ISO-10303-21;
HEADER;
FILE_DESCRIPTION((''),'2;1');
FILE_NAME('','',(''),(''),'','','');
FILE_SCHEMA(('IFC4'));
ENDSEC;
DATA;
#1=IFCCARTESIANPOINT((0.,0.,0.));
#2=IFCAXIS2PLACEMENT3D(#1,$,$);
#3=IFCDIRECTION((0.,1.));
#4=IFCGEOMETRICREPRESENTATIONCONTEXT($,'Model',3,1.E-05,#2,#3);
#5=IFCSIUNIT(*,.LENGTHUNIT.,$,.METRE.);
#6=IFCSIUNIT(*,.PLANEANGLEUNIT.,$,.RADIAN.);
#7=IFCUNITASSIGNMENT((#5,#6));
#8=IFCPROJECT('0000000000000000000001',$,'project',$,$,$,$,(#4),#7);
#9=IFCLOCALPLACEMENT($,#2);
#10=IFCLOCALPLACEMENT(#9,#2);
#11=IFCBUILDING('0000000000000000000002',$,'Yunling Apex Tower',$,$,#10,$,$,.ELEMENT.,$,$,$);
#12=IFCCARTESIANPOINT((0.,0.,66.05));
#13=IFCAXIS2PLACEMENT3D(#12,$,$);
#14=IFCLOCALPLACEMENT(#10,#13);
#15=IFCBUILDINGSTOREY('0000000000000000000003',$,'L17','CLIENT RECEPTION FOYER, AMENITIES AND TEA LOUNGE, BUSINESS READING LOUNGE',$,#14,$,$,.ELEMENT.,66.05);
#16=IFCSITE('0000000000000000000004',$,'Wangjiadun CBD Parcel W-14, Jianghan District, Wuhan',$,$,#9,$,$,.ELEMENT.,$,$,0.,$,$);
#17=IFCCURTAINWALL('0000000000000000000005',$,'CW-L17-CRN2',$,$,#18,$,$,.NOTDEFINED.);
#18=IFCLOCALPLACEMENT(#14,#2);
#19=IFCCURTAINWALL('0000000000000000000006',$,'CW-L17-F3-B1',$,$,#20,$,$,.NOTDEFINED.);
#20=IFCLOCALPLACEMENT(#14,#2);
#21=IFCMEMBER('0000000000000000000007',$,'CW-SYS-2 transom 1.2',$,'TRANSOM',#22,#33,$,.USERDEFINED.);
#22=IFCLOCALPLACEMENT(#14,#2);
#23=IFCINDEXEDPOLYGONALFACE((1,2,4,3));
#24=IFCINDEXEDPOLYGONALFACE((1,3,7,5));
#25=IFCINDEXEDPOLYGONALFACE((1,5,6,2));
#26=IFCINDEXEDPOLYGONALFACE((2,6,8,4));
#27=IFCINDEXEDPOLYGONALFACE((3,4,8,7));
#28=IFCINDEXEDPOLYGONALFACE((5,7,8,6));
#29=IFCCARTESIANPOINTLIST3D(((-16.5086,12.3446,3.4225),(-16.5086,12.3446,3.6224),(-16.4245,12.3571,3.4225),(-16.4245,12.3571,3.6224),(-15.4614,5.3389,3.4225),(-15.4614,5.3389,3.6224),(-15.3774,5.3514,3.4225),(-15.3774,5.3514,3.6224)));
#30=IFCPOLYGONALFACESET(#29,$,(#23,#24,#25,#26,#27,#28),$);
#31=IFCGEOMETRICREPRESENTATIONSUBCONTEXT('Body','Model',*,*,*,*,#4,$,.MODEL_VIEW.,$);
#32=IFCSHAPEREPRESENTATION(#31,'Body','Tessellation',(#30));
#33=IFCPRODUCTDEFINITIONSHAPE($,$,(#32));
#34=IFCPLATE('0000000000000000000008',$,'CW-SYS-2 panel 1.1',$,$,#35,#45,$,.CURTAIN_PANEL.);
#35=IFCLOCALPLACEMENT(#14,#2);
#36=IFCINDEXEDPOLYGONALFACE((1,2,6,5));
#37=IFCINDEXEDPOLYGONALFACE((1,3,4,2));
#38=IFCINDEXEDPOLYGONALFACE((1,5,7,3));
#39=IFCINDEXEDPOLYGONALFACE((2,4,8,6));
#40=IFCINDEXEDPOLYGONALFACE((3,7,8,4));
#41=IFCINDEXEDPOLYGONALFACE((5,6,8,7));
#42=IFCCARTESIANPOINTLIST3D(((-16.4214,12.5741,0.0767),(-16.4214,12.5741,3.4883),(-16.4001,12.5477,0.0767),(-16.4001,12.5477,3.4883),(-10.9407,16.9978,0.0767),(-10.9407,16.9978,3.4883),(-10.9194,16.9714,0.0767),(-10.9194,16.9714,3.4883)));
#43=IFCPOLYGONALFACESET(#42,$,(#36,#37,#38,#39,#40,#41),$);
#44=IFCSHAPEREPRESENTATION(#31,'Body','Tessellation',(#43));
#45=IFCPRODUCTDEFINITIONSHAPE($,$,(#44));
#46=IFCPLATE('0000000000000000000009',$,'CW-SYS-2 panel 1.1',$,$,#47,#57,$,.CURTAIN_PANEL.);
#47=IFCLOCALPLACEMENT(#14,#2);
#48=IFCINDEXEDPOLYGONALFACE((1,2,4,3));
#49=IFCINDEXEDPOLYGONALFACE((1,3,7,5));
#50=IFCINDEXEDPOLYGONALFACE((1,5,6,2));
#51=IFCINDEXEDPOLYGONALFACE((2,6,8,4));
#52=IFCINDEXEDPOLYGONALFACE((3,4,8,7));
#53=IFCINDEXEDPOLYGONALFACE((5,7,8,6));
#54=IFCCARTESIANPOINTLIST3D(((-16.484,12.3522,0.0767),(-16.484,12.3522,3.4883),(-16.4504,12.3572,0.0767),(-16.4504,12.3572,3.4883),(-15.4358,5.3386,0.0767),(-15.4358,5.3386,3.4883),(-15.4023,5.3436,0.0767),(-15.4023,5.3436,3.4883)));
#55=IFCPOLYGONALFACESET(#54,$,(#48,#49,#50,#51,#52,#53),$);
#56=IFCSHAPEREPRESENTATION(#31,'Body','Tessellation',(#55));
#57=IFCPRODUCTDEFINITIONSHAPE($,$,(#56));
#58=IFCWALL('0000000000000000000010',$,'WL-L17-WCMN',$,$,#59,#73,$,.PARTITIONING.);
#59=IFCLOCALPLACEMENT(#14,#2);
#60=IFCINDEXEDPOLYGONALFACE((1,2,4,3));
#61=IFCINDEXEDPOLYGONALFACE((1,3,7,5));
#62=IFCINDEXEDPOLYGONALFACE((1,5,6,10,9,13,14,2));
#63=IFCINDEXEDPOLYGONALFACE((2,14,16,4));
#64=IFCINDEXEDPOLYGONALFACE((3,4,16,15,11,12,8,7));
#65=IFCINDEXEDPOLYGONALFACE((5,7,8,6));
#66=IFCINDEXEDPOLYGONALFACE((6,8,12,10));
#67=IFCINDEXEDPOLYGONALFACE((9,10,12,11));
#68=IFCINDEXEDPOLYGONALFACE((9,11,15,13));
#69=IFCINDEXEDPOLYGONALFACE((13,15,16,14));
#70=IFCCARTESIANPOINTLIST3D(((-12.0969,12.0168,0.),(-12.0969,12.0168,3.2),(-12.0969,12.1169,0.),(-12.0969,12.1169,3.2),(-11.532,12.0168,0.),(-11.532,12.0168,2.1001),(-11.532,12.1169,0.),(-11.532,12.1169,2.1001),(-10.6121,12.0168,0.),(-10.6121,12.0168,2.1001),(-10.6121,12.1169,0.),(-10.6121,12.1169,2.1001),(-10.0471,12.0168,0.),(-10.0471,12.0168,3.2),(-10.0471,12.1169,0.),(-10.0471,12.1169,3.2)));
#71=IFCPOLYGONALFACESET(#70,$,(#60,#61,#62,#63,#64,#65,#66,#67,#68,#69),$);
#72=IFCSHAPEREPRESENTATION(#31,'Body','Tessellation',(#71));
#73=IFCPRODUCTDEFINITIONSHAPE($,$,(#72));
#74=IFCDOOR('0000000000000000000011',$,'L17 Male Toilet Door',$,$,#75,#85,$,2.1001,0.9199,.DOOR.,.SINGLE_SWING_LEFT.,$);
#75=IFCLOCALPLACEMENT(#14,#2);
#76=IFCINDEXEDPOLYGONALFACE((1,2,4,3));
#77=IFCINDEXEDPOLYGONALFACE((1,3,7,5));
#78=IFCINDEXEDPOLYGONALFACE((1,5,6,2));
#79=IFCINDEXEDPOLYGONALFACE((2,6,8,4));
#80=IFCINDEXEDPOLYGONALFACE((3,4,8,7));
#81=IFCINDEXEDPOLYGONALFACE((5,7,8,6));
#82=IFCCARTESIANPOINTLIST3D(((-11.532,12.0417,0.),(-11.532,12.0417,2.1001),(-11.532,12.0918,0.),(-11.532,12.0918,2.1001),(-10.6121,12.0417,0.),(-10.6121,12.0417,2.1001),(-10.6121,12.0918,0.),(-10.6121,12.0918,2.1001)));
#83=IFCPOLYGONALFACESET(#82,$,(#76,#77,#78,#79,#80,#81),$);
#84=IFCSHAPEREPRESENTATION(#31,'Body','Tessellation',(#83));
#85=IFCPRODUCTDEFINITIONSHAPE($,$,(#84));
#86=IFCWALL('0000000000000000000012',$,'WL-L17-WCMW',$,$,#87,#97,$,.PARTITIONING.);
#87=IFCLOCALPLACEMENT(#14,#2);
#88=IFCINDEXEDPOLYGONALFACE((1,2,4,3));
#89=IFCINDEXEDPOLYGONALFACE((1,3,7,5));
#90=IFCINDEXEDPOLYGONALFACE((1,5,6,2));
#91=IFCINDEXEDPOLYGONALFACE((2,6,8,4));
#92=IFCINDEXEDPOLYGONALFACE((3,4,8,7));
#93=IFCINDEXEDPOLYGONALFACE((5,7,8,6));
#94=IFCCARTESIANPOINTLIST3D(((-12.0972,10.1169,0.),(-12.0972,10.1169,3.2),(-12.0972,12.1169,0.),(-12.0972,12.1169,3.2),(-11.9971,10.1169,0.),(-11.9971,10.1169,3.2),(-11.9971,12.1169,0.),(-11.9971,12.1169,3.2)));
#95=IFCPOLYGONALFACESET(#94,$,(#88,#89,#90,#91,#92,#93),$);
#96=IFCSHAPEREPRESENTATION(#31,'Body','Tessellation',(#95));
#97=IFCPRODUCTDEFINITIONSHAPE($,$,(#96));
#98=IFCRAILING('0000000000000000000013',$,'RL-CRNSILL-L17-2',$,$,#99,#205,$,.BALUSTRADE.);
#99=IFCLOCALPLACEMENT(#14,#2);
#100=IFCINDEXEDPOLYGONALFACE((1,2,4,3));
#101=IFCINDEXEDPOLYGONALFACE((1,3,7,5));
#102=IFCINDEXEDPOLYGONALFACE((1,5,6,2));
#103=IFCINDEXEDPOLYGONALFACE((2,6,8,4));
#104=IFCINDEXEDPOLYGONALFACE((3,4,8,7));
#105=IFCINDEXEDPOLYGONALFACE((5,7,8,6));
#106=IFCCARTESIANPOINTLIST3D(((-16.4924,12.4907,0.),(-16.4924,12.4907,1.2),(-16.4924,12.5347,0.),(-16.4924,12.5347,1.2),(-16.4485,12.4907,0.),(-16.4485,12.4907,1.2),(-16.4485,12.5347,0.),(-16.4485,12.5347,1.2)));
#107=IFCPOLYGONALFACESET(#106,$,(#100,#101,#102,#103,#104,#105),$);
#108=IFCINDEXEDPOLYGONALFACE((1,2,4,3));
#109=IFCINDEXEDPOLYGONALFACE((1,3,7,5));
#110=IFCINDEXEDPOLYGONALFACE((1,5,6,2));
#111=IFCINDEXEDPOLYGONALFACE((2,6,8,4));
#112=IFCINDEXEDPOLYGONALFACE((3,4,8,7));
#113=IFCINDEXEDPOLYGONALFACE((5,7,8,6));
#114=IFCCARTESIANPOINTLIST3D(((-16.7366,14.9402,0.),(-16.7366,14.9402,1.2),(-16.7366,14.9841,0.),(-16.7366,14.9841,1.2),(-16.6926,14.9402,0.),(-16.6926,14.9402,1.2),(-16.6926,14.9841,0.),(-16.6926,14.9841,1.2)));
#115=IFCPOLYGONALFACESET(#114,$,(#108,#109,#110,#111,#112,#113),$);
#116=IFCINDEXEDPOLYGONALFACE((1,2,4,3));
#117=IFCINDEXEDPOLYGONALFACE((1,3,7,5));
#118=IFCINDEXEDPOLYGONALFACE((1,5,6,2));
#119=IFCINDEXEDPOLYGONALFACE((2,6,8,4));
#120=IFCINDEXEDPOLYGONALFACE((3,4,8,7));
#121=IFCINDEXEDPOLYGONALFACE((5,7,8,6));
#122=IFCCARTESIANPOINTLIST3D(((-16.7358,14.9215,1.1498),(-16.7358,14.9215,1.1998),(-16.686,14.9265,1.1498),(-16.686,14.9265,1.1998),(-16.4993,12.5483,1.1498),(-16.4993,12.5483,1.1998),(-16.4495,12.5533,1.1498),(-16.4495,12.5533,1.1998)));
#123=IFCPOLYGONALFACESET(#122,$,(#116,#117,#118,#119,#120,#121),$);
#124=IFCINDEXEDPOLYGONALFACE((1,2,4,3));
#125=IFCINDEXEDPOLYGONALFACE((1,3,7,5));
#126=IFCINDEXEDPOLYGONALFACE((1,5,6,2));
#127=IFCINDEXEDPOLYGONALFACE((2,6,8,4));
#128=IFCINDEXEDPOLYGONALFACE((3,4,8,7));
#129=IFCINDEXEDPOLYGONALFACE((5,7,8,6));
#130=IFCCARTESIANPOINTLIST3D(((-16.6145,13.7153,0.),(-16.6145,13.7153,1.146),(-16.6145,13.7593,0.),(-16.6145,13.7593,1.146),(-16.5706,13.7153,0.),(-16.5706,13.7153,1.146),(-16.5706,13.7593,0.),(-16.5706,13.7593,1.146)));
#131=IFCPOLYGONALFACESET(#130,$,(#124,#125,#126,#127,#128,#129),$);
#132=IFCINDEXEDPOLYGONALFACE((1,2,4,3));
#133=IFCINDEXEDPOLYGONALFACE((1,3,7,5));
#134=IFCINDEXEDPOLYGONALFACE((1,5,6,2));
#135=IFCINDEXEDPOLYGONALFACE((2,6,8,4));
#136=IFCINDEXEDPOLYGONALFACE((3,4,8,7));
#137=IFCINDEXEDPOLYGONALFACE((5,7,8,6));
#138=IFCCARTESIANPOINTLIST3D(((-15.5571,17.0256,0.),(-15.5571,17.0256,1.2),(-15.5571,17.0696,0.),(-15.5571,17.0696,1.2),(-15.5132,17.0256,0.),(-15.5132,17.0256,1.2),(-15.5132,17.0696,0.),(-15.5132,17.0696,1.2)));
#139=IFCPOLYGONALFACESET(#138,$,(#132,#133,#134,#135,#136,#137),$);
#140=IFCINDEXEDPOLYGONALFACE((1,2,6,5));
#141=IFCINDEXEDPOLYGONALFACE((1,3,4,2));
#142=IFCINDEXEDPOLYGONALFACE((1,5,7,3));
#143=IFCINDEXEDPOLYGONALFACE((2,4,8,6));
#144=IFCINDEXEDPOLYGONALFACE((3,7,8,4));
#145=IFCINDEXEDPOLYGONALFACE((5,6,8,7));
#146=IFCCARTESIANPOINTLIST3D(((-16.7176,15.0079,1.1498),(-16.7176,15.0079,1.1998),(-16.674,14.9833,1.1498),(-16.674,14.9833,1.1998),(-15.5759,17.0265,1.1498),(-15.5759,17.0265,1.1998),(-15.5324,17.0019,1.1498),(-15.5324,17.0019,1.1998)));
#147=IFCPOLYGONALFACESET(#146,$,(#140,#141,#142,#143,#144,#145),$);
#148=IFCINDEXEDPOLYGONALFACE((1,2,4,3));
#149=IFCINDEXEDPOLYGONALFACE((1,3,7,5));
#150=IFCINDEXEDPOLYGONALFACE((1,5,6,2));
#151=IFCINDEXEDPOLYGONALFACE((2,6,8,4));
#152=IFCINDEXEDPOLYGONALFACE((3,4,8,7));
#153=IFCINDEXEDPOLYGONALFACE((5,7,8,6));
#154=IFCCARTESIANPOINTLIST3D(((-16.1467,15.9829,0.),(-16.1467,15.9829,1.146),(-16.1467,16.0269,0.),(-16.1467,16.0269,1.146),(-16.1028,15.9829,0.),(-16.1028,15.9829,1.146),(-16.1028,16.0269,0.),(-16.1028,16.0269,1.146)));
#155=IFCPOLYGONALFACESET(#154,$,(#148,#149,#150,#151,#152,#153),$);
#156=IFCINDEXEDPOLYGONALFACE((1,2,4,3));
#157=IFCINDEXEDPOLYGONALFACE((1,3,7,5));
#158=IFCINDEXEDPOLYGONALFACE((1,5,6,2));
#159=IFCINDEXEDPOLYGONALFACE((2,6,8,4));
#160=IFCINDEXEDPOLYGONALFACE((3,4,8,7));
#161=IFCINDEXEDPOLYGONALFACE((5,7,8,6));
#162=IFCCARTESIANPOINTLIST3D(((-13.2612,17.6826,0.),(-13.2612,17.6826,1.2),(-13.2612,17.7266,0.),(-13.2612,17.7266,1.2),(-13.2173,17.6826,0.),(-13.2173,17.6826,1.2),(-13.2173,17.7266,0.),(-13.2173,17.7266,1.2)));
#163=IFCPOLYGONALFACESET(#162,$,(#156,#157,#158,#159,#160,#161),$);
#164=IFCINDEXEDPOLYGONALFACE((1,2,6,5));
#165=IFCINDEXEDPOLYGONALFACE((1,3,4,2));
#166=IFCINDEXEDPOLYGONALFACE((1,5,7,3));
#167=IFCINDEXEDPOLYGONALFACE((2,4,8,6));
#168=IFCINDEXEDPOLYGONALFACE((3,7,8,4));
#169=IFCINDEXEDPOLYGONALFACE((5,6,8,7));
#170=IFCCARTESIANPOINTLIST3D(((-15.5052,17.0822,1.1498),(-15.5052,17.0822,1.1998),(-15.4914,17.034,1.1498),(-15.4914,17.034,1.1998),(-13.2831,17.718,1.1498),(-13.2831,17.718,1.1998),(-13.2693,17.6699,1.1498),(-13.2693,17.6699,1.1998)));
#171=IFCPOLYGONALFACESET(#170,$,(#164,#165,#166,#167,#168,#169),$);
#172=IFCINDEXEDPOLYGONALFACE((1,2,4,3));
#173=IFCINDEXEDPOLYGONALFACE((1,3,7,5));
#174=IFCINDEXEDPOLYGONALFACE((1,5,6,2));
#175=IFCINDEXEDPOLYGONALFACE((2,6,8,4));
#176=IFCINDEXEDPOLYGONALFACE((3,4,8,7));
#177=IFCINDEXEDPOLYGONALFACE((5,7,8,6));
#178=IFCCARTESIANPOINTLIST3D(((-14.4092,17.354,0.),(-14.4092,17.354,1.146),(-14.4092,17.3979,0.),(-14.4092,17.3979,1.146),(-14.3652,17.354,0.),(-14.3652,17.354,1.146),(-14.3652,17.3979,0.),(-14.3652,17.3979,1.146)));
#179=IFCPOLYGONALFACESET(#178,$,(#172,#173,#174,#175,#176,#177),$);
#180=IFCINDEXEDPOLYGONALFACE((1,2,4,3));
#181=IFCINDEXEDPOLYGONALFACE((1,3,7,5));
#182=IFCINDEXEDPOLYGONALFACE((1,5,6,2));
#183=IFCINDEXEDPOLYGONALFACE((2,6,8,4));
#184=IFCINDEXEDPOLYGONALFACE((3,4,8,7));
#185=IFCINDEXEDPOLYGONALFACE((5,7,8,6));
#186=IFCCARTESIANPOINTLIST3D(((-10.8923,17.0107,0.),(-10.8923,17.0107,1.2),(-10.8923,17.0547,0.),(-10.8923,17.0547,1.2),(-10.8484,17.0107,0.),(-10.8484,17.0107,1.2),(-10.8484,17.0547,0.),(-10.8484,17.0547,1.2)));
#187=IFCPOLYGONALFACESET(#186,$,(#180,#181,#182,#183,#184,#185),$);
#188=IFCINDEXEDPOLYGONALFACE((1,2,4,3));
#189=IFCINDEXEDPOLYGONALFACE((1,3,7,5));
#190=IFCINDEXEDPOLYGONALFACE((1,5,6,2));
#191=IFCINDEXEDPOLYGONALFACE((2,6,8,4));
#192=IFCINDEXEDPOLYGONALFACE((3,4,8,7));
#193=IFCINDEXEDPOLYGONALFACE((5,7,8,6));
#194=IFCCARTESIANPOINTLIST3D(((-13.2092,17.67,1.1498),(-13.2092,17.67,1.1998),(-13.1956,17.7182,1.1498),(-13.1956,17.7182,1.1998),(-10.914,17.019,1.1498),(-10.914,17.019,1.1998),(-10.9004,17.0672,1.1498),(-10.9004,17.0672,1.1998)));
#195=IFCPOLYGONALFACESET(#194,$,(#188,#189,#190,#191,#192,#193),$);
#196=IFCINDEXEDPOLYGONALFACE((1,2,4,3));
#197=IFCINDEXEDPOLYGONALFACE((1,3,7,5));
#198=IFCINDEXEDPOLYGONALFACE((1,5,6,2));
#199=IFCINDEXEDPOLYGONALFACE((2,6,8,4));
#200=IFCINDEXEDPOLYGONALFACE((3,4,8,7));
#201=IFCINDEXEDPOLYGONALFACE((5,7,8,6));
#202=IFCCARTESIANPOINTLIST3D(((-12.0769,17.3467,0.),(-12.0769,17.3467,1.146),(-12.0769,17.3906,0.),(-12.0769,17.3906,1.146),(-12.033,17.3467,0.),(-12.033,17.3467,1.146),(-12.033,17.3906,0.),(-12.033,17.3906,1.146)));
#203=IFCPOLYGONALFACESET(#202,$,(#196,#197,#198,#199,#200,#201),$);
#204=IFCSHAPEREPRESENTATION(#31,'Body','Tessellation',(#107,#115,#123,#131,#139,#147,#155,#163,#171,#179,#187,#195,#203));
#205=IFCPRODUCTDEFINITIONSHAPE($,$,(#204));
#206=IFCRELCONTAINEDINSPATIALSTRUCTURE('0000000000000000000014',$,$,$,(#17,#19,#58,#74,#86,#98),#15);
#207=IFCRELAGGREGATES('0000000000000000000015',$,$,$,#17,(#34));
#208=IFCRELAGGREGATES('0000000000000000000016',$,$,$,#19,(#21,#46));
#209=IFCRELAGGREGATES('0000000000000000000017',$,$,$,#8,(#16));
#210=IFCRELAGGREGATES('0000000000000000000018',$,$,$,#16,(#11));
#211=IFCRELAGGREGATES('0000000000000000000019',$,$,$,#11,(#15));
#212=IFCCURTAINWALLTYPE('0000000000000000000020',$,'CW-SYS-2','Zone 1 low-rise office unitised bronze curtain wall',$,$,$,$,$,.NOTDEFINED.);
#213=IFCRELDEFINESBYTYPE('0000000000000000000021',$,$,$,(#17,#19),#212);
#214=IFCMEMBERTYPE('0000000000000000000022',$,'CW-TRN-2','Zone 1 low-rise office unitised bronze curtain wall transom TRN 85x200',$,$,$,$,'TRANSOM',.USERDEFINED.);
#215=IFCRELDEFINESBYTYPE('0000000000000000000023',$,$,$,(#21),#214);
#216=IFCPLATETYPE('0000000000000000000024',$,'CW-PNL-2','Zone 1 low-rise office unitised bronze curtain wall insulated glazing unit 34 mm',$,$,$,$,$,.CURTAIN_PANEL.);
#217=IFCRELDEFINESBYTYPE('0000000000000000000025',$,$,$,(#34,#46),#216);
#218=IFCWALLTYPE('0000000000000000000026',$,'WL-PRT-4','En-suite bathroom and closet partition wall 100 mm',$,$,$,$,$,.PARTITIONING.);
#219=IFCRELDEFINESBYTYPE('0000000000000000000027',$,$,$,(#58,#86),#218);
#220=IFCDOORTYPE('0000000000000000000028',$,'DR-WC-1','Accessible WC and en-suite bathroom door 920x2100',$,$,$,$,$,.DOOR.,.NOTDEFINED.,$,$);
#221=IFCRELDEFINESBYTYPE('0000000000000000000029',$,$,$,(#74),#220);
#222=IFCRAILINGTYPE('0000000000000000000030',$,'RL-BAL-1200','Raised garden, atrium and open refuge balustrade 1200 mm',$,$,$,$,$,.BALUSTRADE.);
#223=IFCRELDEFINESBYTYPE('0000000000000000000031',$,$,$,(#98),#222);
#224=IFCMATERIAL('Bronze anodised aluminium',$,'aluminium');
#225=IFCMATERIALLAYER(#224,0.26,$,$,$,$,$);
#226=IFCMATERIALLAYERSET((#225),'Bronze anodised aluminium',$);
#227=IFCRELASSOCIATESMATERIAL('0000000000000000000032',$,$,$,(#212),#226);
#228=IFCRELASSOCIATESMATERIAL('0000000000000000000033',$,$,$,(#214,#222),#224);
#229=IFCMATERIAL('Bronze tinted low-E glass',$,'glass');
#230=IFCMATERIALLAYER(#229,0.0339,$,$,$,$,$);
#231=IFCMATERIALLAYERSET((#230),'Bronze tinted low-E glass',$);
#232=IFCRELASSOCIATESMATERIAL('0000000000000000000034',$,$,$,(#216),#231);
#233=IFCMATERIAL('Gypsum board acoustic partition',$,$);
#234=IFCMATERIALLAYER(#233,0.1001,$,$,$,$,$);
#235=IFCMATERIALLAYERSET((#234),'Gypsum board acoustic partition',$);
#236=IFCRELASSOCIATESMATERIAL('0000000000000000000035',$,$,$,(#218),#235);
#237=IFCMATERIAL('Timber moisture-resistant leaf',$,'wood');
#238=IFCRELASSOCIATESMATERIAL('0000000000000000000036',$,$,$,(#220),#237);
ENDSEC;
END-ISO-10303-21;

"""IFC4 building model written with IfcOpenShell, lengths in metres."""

from ifc_helpers import new_model, si_unit, direction, frame, frame_2d, origin, origin_2d, place, context, subcontext, project, spatial, rectangle, extrude, source, transform, mapped, material, layer, layer_set, material_profile, profile_set, type_object, element, fill, aggregate, save


model = new_model("IFC4")

# Units and contexts
model_context = context("Model", 3, precision=1e-05, world=origin(), true_north=direction((0.0, 1.0)))
body_context = subcontext(model_context, "Body", "Model", "MODEL_VIEW")
ifc_project = project(units=[si_unit("LENGTHUNIT", "METRE"), si_unit("PLANEANGLEUNIT", "RADIAN")], contexts=[model_context])

# Site, building, storey
site_placement = place(None, origin())
site = spatial("IfcSite", under=ifc_project, at=site_placement, Name="Wangjiadun CBD Parcel W-14, Jianghan District, Wuhan", CompositionType="ELEMENT", RefElevation=0.0)
building_placement = place(site_placement, origin())
building = spatial("IfcBuilding", under=site, at=building_placement, Name="Yunling Apex Tower", CompositionType="ELEMENT")
storey_placement = place(building_placement, frame((0.0, 0.0, 66.05)))
storey = spatial("IfcBuildingStorey", under=building, at=storey_placement, Name="L17", Description="CLIENT RECEPTION FOYER, AMENITIES AND TEA LOUNGE, BUSINESS READING LOUNGE", CompositionType="ELEMENT", Elevation=66.05)

# Curtain wall
ifc_material_1 = material(Name="Bronze anodised aluminium", Category="aluminium")
ifc_layer_1 = layer(ifc_material_1, 0.26)
ifc_layer_set_1 = layer_set([ifc_layer_1], Name="Bronze anodised aluminium")
curtain_wall_type = type_object("IfcCurtainWallType", Name="CW-SYS-2", Description="Zone 1 low-rise office unitised bronze curtain wall", PredefinedType="NOTDEFINED", material=ifc_layer_set_1)
curtain_wall_1_placement = place(storey_placement, origin())
curtain_wall_1 = element("IfcCurtainWall", 1, at=curtain_wall_1_placement, inside=storey, type_object=curtain_wall_type, Name="CW-L17-CRN2", PredefinedType="NOTDEFINED")

# Curtain wall
curtain_wall_2_placement = place(storey_placement, origin())
curtain_wall_2 = element("IfcCurtainWall", 2, at=curtain_wall_2_placement, inside=storey, type_object=curtain_wall_type, Name="CW-L17-F3-B1", PredefinedType="NOTDEFINED")

# Member
ifc_material_profile_1 = material_profile(ifc_material_1, rectangle(XDim=0.085, YDim=0.2, at=origin_2d()))
ifc_profile_set_1 = profile_set([ifc_material_profile_1], Name="Bronze anodised aluminium")
member_type_1 = type_object("IfcMemberType", Name="CW-TRN-2", Description="Zone 1 low-rise office unitised bronze curtain wall transom TRN 85x200", ElementType="TRANSOM", PredefinedType="USERDEFINED", material=ifc_profile_set_1)
shared_shape_1 = source(origin(), body_context, "Body", "SweptSolid", [
    extrude(rectangle(XDim=0.085, YDim=0.2, at=origin_2d()), origin(), (0.0, 0.0, 1.0), 7.0835),
])
member_1_placement = place(storey_placement, frame((-16.4666, 12.3508, 3.5225), z_axis=(0.147826, -0.989013, 0.0), x_axis=(0.989013, 0.147826, 0.0)))
member_1 = element("IfcMember", 3, at=member_1_placement, type_object=member_type_1, Name="CW-SYS-2 transom 1.2", ObjectType="TRANSOM", PredefinedType="USERDEFINED", context=body_context, shape_type="MappedRepresentation", body=[
    mapped(shared_shape_1, transform((0.0, 0.0, 0.0), scale=1.0)),
])

# Plates
ifc_material_2 = material(Name="Bronze tinted low-E glass", Category="glass")
ifc_layer_2 = layer(ifc_material_2, 0.0339)
ifc_layer_set_2 = layer_set([ifc_layer_2], Name="Bronze tinted low-E glass")
plate_type = type_object("IfcPlateType", Name="CW-PNL-2", Description="Zone 1 low-rise office unitised bronze curtain wall insulated glazing unit 34 mm", PredefinedType="CURTAIN_PANEL", material=ifc_layer_set_2)
shared_shape_2 = source(origin(), body_context, "Body", "SweptSolid", [
    extrude(rectangle(XDim=7.0432, YDim=0.0339, at=origin_2d()), origin(), (0.0, 0.0, 1.0), 3.4116),
])
plate_1_placement = place(storey_placement, frame((-13.6704, 14.7727, 0.0767), z_axis=(0.0, 0.0, 1.0), x_axis=(-0.778149, -0.62808, 0.0)))
plate_1 = element("IfcPlate", 4, at=plate_1_placement, type_object=plate_type, Name="CW-SYS-2 panel 1.1", PredefinedType="CURTAIN_PANEL", context=body_context, shape_type="MappedRepresentation", body=[
    mapped(shared_shape_2, transform((0.0, 0.0, 0.0), scale=1.0)),
])
aggregate(curtain_wall_1, [plate_1])
shared_shape_3 = source(origin(), body_context, "Body", "SweptSolid", [
    extrude(rectangle(XDim=7.0916, YDim=0.0339, at=origin_2d()), origin(), (0.0, 0.0, 1.0), 3.4116),
])
plate_2_placement = place(storey_placement, frame((-15.9431, 8.8479, 0.0767), z_axis=(0.0, 0.0, 1.0), x_axis=(0.147799, -0.989017, 0.0)))
plate_2 = element("IfcPlate", 5, at=plate_2_placement, type_object=plate_type, Name="CW-SYS-2 panel 1.1", PredefinedType="CURTAIN_PANEL", context=body_context, shape_type="MappedRepresentation", body=[
    mapped(shared_shape_3, transform((0.0, 0.0, 0.0), scale=1.0)),
])
aggregate(curtain_wall_2, [member_1, plate_2])

# Wall, opening, door
ifc_material_3 = material(Name="Gypsum board acoustic partition")
ifc_layer_3 = layer(ifc_material_3, 0.1001)
ifc_layer_set_3 = layer_set([ifc_layer_3], Name="Gypsum board acoustic partition")
wall_type = type_object("IfcWallType", Name="WL-PRT-4", Description="En-suite bathroom and closet partition wall 100 mm", PredefinedType="PARTITIONING", material=ifc_layer_set_3)
wall_1_placement = place(storey_placement, frame((-12.0969, 12.0669, 0.0), z_axis=(0.0, 0.0, 1.0), x_axis=(1.0, 0.0, 0.0)))
wall_1 = element("IfcWall", 6, at=wall_1_placement, inside=storey, type_object=wall_type, Name="WL-L17-WCMN", PredefinedType="PARTITIONING", context=body_context, shape_type="SweptSolid", body=[
    extrude(rectangle(XDim=2.0498, YDim=0.1001, at=frame_2d((1.0249, 0.0))), origin(), (0.0, 0.0, 1.0), 3.2),
])
opening_placement = place(wall_1_placement, frame((0.5649, 0.0, 0.0)))
opening = element("IfcOpeningElement", 7, at=opening_placement, cuts=wall_1, PredefinedType="OPENING", context=body_context, shape_type="SweptSolid", body=[
    extrude(rectangle(XDim=0.9199, YDim=2.1001, at=frame_2d((0.46, 1.05))), frame((0.0, 0.0601, 0.0), z_axis=(0.0, -1.0, 0.0), x_axis=(1.0, 0.0, 0.0)), (0.0, 0.0, 1.0), 0.1201),
])
ifc_material_4 = material(Name="Timber moisture-resistant leaf", Category="wood")
door_type = type_object("IfcDoorType", Name="DR-WC-1", Description="Accessible WC and en-suite bathroom door 920x2100", OperationType="NOTDEFINED", PredefinedType="DOOR", material=ifc_material_4)
door_placement = place(opening_placement, origin())
door = element("IfcDoor", 8, at=door_placement, inside=storey, type_object=door_type, Name="L17 Male Toilet Door", OperationType="SINGLE_SWING_LEFT", OverallHeight=2.1001, OverallWidth=0.9199, PredefinedType="DOOR", context=body_context, shape_type="SweptSolid", body=[
    extrude(rectangle(XDim=0.9199, YDim=2.1001, at=frame_2d((0.46, 1.05))), frame((0.0, 0.0249, 0.0), z_axis=(0.0, -1.0, 0.0), x_axis=(1.0, 0.0, 0.0)), (0.0, 0.0, 1.0), 0.05),
])
fill(opening, door)

# Wall
wall_2_placement = place(storey_placement, frame((-12.0471, 10.1169, 0.0), z_axis=(0.0, 0.0, 1.0), x_axis=(0.0, 1.0, 0.0)))
element("IfcWall", 9, at=wall_2_placement, inside=storey, type_object=wall_type, Name="WL-L17-WCMW", PredefinedType="PARTITIONING", context=body_context, shape_type="SweptSolid", body=[
    extrude(rectangle(XDim=2.0, YDim=0.1001, at=frame_2d((1.0, 0.0))), origin(), (0.0, 0.0, 1.0), 3.2),
])

# Railing
railing_type = type_object("IfcRailingType", Name="RL-BAL-1200", Description="Raised garden, atrium and open refuge balustrade 1200 mm", PredefinedType="BALUSTRADE", material=ifc_material_1)
railing_placement = place(storey_placement, frame((-16.4705, 12.5127, 0.0)))
element("IfcRailing", 10, at=railing_placement, inside=storey, type_object=railing_type, Name="RL-CRNSILL-L17-2", PredefinedType="BALUSTRADE", context=body_context, shape_type="SweptSolid", body=[
    extrude(rectangle(XDim=0.0439, YDim=0.0439, at=origin_2d()), origin(), (0.0, 0.0, 1.0), 1.2),
    extrude(rectangle(XDim=0.0439, YDim=0.0439, at=origin_2d()), frame((-0.2441, 2.4495, 0.0)), (0.0, 0.0, 1.0), 1.2),
    extrude(rectangle(XDim=0.05, YDim=0.05, at=origin_2d()), frame((-0.0039, 0.0381, 1.1748), z_axis=(-0.09918, 0.99507, 0.0), x_axis=(-0.99507, -0.09918, 0.0)), (0.0, 0.0, 1.0), 2.385),
    extrude(rectangle(XDim=0.0439, YDim=0.0439, at=origin_2d()), frame((-0.1221, 1.2246, 0.0)), (0.0, 0.0, 1.0), 1.146),
    extrude(rectangle(XDim=0.0439, YDim=0.0439, at=origin_2d()), frame((0.9353, 4.5349, 0.0)), (0.0, 0.0, 1.0), 1.2),
    extrude(rectangle(XDim=0.05, YDim=0.05, at=origin_2d()), frame((-0.2253, 2.4829, 1.1748), z_axis=(0.492282, 0.870436, 0.0), x_axis=(-0.870436, 0.492282, 0.0)), (0.0, 0.0, 1.0), 2.3191),
    extrude(rectangle(XDim=0.0439, YDim=0.0439, at=origin_2d()), frame((0.3457, 3.4922, 0.0)), (0.0, 0.0, 1.0), 1.146),
    extrude(rectangle(XDim=0.0439, YDim=0.0439, at=origin_2d()), frame((3.2312, 5.1919, 0.0)), (0.0, 0.0, 1.0), 1.2),
    extrude(rectangle(XDim=0.05, YDim=0.05, at=origin_2d()), frame((0.9722, 4.5454, 1.1748), z_axis=(0.961412, 0.275113, 0.0), x_axis=(-0.275113, 0.961412, 0.0)), (0.0, 0.0, 1.0), 2.3113),
    extrude(rectangle(XDim=0.0439, YDim=0.0439, at=origin_2d()), frame((2.0833, 4.8633, 0.0)), (0.0, 0.0, 1.0), 1.146),
    extrude(rectangle(XDim=0.0439, YDim=0.0439, at=origin_2d()), frame((5.6001, 4.52, 0.0)), (0.0, 0.0, 1.0), 1.2),
    extrude(rectangle(XDim=0.05, YDim=0.05, at=origin_2d()), frame((3.2681, 5.1814, 1.1748), z_axis=(0.962053, -0.272861, 0.0), x_axis=(0.272861, 0.962053, 0.0)), (0.0, 0.0, 1.0), 2.3857),
    extrude(rectangle(XDim=0.0439, YDim=0.0439, at=origin_2d()), frame((4.4155, 4.856, 0.0)), (0.0, 0.0, 1.0), 1.146),
])

save(model, "model.ifc")
